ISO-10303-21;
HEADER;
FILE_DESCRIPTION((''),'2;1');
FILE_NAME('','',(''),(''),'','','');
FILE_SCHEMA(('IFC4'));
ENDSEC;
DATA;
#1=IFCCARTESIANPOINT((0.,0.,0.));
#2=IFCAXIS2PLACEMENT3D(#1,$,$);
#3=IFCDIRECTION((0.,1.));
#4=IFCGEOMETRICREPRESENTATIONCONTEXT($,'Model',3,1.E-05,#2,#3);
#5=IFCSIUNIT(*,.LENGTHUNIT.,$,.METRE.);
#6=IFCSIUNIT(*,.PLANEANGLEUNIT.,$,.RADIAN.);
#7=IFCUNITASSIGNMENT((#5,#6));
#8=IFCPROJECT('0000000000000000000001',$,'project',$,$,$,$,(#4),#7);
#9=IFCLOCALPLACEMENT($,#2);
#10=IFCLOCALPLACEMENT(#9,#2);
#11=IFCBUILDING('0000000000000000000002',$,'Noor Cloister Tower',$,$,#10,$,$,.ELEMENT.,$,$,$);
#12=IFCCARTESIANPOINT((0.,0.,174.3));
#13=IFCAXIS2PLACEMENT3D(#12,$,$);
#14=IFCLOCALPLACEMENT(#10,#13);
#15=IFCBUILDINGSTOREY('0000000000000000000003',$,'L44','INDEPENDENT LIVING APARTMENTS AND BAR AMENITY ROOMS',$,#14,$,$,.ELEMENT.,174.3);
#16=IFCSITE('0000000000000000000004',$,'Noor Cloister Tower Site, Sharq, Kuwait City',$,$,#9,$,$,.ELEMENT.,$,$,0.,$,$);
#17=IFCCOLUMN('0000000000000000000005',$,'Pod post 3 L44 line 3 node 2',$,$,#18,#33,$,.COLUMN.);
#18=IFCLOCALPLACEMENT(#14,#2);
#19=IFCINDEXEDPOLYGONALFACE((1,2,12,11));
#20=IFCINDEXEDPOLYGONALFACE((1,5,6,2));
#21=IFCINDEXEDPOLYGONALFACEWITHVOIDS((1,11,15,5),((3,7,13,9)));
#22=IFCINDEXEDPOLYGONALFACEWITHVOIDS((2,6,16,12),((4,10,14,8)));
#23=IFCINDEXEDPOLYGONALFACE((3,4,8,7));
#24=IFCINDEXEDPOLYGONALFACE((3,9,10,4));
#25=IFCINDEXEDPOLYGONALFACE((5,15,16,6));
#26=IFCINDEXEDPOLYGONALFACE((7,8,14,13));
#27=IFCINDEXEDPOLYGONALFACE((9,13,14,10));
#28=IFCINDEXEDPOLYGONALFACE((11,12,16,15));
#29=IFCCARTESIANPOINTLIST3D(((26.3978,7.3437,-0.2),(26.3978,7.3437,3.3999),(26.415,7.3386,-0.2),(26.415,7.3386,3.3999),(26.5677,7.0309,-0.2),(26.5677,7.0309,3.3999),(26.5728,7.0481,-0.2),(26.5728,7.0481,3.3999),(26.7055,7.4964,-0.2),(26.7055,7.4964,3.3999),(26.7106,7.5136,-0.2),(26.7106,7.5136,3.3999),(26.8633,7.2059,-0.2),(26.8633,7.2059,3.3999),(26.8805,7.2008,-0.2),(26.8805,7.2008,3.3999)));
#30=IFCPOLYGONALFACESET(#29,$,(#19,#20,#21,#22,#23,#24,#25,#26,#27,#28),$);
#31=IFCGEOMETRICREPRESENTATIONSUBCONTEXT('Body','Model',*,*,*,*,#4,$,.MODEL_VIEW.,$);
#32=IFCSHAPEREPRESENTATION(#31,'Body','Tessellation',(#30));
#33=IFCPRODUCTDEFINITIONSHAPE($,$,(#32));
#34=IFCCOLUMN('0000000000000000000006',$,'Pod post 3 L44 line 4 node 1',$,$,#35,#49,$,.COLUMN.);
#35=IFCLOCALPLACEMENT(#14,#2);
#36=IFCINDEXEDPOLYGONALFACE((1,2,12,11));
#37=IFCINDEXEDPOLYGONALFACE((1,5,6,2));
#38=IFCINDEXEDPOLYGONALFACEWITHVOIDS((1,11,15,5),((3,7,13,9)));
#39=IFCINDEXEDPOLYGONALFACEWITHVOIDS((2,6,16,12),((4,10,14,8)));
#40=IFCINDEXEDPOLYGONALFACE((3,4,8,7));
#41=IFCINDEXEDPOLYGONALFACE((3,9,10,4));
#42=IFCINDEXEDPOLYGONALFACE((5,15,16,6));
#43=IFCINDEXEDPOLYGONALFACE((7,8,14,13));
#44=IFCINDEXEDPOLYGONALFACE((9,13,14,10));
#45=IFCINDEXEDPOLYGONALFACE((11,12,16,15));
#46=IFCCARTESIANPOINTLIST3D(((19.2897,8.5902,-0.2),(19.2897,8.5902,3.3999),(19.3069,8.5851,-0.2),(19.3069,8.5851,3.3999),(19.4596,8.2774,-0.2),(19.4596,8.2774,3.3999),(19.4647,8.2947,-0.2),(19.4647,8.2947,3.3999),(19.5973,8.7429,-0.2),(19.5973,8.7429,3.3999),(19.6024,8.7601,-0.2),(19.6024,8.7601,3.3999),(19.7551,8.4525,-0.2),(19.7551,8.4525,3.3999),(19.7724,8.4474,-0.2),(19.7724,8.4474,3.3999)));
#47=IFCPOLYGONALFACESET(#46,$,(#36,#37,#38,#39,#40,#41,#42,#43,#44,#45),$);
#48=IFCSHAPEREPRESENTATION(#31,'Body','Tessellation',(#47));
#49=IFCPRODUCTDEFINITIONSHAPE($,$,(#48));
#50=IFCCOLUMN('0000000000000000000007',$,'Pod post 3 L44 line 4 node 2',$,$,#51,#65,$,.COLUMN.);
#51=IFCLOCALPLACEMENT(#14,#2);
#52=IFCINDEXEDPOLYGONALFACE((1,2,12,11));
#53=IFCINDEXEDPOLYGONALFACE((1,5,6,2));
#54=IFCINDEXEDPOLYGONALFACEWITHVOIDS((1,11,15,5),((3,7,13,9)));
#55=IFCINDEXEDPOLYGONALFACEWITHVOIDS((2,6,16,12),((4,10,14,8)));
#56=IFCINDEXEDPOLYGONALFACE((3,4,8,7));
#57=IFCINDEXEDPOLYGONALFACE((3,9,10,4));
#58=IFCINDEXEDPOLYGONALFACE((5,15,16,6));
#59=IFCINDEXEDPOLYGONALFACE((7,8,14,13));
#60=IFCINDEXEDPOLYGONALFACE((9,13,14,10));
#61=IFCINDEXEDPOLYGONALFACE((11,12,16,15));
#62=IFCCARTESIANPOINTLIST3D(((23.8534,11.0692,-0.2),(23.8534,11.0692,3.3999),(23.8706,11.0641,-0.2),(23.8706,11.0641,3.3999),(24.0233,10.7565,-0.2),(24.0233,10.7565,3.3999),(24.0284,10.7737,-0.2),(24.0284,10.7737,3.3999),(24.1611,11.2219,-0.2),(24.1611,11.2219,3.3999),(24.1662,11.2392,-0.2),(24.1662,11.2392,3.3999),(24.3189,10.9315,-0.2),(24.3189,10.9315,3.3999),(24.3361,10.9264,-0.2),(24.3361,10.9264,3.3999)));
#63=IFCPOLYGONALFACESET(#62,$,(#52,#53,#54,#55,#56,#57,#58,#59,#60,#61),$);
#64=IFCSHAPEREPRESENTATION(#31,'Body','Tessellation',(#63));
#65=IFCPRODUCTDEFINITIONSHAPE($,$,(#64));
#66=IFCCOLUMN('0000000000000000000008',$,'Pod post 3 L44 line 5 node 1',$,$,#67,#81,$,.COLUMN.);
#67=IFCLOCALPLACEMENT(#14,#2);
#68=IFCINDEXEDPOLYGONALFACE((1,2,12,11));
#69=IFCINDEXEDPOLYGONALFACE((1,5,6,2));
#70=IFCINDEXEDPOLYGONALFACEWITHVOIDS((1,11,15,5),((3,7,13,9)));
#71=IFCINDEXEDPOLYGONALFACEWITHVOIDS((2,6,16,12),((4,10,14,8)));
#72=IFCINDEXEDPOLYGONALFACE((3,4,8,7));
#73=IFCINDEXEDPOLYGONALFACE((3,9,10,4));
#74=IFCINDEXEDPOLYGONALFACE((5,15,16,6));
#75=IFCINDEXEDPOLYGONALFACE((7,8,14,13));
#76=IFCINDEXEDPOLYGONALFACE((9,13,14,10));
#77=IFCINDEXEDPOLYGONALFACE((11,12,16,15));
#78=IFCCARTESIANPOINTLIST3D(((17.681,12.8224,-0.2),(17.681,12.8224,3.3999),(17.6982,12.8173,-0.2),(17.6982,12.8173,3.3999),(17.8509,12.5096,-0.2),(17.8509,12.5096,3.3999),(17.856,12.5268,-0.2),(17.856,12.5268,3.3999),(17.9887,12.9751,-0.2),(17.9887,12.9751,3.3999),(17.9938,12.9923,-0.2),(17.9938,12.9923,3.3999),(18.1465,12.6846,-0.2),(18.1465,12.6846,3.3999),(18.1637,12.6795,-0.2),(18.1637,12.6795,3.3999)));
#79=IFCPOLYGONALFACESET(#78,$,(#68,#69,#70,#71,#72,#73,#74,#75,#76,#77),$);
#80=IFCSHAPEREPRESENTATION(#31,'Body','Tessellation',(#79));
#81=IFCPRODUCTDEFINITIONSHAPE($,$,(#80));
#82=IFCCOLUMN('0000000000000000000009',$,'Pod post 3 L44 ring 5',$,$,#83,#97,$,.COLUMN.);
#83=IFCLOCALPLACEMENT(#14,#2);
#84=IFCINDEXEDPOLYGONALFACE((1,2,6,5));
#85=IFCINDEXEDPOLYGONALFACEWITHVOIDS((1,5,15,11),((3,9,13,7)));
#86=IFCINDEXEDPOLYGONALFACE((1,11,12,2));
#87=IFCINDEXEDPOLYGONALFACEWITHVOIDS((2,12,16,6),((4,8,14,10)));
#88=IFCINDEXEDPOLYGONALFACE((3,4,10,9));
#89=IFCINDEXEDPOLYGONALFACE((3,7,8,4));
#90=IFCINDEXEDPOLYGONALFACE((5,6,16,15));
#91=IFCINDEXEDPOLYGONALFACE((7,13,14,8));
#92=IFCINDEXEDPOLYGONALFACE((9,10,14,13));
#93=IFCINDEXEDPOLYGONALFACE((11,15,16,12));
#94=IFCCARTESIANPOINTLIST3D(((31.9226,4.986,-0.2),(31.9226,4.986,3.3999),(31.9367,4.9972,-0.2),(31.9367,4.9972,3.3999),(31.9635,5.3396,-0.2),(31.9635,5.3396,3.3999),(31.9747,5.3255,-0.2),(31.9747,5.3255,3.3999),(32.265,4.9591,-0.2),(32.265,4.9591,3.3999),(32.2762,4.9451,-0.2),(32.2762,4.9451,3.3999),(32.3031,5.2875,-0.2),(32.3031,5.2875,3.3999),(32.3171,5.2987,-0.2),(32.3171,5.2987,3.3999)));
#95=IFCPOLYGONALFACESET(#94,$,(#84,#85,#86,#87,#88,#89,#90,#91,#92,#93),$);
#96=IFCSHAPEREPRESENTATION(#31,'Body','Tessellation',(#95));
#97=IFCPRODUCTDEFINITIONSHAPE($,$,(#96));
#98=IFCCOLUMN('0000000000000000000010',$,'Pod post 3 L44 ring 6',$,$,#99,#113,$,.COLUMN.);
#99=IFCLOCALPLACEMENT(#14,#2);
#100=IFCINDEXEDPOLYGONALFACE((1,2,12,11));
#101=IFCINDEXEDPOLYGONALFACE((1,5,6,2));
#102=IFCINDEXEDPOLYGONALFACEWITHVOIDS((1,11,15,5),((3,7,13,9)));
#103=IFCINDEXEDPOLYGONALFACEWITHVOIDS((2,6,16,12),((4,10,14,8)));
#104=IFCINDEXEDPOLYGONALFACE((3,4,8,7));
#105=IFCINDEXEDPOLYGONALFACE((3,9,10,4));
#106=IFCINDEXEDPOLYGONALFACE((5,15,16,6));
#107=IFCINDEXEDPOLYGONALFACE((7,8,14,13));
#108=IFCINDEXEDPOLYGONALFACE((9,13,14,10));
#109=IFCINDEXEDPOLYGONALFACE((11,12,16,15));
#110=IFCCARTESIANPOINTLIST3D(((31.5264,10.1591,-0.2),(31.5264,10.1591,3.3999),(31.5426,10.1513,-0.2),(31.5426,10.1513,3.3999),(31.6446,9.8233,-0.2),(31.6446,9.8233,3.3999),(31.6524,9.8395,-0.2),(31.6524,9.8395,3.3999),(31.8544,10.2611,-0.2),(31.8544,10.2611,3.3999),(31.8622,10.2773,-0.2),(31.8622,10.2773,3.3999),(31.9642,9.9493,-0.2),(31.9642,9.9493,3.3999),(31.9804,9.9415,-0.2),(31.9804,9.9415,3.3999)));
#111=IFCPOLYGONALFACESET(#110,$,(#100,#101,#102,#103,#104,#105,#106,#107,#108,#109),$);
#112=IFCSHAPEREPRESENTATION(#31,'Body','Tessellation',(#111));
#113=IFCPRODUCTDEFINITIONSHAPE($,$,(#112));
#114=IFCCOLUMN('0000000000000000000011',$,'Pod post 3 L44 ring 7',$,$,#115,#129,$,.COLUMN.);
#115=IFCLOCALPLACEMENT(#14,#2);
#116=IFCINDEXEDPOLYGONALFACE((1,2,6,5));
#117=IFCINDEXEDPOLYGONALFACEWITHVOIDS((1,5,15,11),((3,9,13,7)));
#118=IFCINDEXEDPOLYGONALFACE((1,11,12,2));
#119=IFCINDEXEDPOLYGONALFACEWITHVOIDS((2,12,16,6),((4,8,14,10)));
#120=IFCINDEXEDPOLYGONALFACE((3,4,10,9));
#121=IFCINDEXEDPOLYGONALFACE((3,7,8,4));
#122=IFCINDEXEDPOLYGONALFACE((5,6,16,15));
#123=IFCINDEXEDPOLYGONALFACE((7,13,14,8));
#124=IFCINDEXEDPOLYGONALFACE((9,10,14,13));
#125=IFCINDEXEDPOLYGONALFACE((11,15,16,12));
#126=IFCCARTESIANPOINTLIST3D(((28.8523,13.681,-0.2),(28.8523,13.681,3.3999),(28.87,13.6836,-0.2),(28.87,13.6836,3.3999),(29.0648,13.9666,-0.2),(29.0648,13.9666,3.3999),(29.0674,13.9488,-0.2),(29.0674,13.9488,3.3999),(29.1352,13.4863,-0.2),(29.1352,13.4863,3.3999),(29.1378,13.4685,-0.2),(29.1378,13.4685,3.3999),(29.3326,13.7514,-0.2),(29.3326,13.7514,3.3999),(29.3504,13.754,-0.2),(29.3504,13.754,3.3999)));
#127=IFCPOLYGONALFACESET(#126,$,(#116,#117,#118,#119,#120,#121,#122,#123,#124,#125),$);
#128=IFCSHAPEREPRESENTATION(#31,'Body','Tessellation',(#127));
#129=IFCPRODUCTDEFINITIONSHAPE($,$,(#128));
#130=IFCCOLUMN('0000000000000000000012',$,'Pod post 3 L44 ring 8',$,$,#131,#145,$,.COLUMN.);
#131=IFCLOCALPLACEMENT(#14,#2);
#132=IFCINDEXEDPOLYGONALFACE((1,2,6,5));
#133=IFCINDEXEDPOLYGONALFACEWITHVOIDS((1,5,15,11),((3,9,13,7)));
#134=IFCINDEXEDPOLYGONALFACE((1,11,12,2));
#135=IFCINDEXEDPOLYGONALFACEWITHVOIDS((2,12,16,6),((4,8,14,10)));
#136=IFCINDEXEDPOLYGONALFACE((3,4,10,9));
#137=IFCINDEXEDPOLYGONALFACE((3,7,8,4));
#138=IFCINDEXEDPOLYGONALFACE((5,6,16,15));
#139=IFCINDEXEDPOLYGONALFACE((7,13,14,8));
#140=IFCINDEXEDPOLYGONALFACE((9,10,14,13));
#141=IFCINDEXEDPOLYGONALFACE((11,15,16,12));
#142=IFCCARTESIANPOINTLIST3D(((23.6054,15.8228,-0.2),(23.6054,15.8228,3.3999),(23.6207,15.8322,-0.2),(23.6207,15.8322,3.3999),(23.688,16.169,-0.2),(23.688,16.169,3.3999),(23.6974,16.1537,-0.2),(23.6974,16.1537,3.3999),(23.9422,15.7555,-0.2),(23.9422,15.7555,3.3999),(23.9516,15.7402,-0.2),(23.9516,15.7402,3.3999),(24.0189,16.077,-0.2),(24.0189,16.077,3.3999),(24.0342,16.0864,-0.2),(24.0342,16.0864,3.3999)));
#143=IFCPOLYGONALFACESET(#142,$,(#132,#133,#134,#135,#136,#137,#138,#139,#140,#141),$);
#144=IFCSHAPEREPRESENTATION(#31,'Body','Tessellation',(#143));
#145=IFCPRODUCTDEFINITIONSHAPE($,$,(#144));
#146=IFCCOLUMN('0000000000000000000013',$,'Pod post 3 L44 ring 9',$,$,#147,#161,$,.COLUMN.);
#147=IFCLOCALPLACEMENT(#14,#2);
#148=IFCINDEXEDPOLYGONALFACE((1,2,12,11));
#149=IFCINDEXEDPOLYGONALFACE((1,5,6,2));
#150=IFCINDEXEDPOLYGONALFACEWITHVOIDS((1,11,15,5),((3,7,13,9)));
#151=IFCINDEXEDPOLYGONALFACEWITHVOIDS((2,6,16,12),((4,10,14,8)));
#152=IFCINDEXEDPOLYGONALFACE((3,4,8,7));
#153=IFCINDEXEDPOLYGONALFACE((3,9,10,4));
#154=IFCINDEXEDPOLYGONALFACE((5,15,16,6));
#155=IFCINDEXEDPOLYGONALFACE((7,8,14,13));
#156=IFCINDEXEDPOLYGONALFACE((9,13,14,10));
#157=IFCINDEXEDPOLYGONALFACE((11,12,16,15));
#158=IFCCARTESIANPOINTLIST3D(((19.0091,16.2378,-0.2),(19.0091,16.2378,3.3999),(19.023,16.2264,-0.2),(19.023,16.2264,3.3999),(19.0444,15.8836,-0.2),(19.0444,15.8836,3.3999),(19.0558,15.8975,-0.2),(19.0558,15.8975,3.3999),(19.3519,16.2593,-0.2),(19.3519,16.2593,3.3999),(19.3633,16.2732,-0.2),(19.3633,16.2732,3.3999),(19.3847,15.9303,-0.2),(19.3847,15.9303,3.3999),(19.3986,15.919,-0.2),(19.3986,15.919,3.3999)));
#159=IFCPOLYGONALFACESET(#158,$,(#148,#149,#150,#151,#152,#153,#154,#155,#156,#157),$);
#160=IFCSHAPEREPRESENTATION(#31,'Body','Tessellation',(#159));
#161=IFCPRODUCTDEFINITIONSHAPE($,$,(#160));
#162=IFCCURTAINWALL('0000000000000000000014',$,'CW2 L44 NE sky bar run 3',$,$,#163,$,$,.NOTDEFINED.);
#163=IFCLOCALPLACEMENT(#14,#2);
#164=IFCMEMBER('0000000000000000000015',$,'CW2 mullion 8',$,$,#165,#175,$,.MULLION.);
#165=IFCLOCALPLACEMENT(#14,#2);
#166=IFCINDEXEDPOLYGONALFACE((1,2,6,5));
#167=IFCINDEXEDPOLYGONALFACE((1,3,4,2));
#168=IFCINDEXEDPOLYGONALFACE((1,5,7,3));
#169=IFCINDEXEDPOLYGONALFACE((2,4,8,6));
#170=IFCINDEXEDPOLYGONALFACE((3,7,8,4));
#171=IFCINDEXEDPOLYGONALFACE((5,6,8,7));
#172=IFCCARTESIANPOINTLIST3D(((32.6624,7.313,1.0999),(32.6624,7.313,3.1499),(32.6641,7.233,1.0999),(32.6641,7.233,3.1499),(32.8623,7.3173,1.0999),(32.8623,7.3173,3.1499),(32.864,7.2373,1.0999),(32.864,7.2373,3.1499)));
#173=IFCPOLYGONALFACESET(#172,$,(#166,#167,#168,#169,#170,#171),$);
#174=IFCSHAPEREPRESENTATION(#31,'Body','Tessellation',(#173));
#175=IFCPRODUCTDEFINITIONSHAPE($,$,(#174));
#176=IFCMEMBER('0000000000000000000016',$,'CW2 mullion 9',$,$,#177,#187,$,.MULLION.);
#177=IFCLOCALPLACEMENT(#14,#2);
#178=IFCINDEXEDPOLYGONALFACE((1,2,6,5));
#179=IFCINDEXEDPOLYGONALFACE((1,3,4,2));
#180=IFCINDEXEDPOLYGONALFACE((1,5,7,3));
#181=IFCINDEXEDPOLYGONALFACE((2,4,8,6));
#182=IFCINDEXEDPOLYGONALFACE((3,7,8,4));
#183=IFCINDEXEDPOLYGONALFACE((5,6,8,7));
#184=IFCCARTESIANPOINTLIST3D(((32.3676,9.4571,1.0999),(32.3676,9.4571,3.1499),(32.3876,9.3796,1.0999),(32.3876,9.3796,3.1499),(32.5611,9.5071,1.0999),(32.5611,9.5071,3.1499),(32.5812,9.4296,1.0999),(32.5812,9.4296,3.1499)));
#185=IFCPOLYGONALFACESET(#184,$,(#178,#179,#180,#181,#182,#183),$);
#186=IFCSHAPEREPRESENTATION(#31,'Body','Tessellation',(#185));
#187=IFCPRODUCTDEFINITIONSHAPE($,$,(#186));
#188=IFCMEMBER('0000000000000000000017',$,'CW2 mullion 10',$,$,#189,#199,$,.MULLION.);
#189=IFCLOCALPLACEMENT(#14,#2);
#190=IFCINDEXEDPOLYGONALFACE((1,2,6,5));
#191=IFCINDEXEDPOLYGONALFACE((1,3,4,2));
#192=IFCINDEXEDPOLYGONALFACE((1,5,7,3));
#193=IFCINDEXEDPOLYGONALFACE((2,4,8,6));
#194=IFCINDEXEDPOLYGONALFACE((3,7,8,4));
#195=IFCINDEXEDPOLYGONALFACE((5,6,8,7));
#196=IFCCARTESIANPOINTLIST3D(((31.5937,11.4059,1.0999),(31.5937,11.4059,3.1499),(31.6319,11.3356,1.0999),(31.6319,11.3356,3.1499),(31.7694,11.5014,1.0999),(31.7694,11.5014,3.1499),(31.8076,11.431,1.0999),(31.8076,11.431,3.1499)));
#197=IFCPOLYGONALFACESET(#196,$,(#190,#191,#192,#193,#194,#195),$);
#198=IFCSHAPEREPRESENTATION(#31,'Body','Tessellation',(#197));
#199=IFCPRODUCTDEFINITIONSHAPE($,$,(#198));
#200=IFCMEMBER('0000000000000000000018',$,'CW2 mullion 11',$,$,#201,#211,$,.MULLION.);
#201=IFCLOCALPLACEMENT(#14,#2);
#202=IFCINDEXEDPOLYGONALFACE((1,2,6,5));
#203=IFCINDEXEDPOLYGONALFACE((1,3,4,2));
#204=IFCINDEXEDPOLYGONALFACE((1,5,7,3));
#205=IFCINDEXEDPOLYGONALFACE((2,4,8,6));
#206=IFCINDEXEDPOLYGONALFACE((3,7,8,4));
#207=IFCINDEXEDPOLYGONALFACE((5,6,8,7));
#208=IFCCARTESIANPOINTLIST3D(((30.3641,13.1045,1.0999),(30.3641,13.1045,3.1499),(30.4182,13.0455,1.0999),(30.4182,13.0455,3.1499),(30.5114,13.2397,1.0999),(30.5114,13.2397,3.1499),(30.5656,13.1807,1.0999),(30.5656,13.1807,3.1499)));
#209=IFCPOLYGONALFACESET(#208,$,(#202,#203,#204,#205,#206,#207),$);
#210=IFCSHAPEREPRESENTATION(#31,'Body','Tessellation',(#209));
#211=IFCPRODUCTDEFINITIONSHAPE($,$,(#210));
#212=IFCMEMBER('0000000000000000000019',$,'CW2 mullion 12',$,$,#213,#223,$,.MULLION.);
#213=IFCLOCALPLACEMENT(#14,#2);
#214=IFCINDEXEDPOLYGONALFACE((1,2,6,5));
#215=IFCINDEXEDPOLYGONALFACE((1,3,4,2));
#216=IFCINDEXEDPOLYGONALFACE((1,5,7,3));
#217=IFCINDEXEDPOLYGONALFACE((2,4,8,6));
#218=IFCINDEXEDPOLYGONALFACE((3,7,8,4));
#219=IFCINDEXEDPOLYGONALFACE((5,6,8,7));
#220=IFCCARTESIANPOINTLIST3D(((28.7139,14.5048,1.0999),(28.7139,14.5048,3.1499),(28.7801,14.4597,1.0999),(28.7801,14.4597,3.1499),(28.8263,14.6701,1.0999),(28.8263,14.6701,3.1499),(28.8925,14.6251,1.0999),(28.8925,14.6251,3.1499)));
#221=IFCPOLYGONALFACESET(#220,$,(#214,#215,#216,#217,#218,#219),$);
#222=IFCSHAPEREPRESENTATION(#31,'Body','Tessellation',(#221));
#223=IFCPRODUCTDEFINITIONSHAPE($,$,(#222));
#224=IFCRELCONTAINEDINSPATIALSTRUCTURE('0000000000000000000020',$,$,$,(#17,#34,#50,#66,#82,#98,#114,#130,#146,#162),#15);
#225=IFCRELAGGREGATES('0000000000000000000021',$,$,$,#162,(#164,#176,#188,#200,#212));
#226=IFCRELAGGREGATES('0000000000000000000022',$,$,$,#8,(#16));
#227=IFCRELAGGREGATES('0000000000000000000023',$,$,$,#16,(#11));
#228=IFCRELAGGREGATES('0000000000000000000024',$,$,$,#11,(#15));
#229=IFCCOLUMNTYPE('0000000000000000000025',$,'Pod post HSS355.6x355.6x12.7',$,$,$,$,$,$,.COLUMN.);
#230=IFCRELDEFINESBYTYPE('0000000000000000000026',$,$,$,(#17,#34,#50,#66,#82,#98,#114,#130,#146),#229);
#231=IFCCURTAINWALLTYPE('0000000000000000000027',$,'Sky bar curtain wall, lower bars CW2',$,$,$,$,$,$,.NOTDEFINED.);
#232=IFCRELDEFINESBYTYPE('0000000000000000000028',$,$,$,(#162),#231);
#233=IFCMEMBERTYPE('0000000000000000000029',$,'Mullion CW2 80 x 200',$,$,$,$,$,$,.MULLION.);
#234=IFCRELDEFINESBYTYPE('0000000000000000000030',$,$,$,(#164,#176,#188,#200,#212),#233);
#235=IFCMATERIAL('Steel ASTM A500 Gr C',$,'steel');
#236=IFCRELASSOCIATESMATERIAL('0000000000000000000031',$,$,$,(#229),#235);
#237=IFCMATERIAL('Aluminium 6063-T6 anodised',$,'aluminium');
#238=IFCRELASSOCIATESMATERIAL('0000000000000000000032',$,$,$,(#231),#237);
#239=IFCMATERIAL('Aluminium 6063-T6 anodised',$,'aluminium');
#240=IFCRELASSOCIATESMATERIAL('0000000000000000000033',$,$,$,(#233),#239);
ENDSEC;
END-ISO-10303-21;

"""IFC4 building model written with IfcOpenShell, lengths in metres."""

from ifc_helpers import new_model, si_unit, direction, frame, origin, origin_2d, place, context, subcontext, project, spatial, rectangle, hollow_rectangle, extrude, material, material_profile, profile_set, type_object, element, aggregate, save


model = new_model("IFC4")

# Units and contexts
model_context = context("Model", 3, precision=1e-05, world=origin(), true_north=direction((0.0, 1.0)))
body_context = subcontext(model_context, "Body", "Model", "MODEL_VIEW")
ifc_project = project(units=[si_unit("LENGTHUNIT", "METRE"), si_unit("PLANEANGLEUNIT", "RADIAN")], contexts=[model_context])

# Site, building, storey
site_placement = place(None, origin())
site = spatial("IfcSite", under=ifc_project, at=site_placement, Name="Noor Cloister Tower Site, Sharq, Kuwait City", CompositionType="ELEMENT", RefElevation=0.0)
building_placement = place(site_placement, origin())
building = spatial("IfcBuilding", under=site, at=building_placement, Name="Noor Cloister Tower", CompositionType="ELEMENT")
storey_placement = place(building_placement, frame((0.0, 0.0, 174.3)))
storey = spatial("IfcBuildingStorey", under=building, at=storey_placement, Name="L44", Description="INDEPENDENT LIVING APARTMENTS AND BAR AMENITY ROOMS", CompositionType="ELEMENT", Elevation=174.3)

# Columns
ifc_material_1 = material(Name="Steel ASTM A500 Gr C", Category="steel")
ifc_material_profile_1 = material_profile(ifc_material_1, hollow_rectangle(XDim=0.356, YDim=0.356, WallThickness=0.0127, at=origin_2d()), Name="HSS355.6x355.6x12.7")
ifc_profile_set_1 = profile_set([ifc_material_profile_1], Name="Steel ASTM A500 Gr C")
column_type = type_object("IfcColumnType", Name="Pod post HSS355.6x355.6x12.7", PredefinedType="COLUMN", material=ifc_profile_set_1)
for number, where, z_axis, x_axis, name in (
    (1, (26.6392, 7.2722, -0.2), (0.0, 0.0, 1.0), (0.878722, 0.477334, 0.0), "Pod post 3 L44 line 3 node 2"),
    (2, (19.531, 8.5188, -0.2), (0.0, 0.0, 1.0), (0.878722, 0.477334, 0.0), "Pod post 3 L44 line 4 node 1"),
    (3, (24.0947, 10.9978, -0.2), (0.0, 0.0, 1.0), (0.878722, 0.477334, 0.0), "Pod post 3 L44 line 4 node 2"),
    (4, (17.9224, 12.751, -0.2), (0.0, 0.0, 1.0), (0.878722, 0.477334, 0.0), "Pod post 3 L44 line 5 node 1"),
    (5, (32.1199, 5.1423, -0.2), (0.0, 0.0, 1.0), (0.115028, 0.993362, 0.0), "Pod post 3 L44 ring 5"),
    (6, (31.7534, 10.0503, -0.2), (0.0, 0.0, 1.0), (-0.332035, 0.943267, 0.0), "Pod post 3 L44 ring 6"),
    (7, (29.1013, 13.7175, -0.2), (0.0, 0.0, 1.0), (-0.802222, 0.597026, 0.0), "Pod post 3 L44 ring 7"),
    (8, (23.8198, 15.9546, -0.2), (0.0, 0.0, 1.0), (-0.972709, 0.232027, 0.0), "Pod post 3 L44 ring 8"),
    (9, (19.2039, 16.0784, -0.2), (0.0, 0.0, 1.0), (-0.99505, -0.099375, 0.0), "Pod post 3 L44 ring 9"),
):
    element("IfcColumn", number, at=place(storey_placement, frame(where, z_axis=z_axis, x_axis=x_axis)), inside=storey, type_object=column_type, Name=name, PredefinedType="COLUMN", context=body_context, shape_type="SweptSolid", body=[
        extrude(hollow_rectangle(XDim=0.356, YDim=0.356, WallThickness=0.0127, at=origin_2d()), origin(), (0.0, 0.0, 1.0), 3.5999),
    ])

# Curtain wall, members
ifc_material_2 = material(Name="Aluminium 6063-T6 anodised", Category="aluminium")
curtain_wall_type = type_object("IfcCurtainWallType", Name="Sky bar curtain wall, lower bars CW2", PredefinedType="NOTDEFINED", material=ifc_material_2)
curtain_wall_placement = place(storey_placement, origin())
curtain_wall = element("IfcCurtainWall", 10, at=curtain_wall_placement, inside=storey, type_object=curtain_wall_type, Name="CW2 L44 NE sky bar run 3", PredefinedType="NOTDEFINED")
ifc_material_3 = material(Name="Aluminium 6063-T6 anodised", Category="aluminium")
ifc_material_profile_2 = material_profile(ifc_material_3, rectangle(XDim=0.2, YDim=0.0801, at=origin_2d()), Name="200 x 80 mullion")
ifc_profile_set_2 = profile_set([ifc_material_profile_2], Name="Aluminium 6063-T6 anodised")
member_type = type_object("IfcMemberType", Name="Mullion CW2 80 x 200", PredefinedType="MULLION", material=ifc_profile_set_2)
member_1_placement = place(storey_placement, frame((32.7632, 7.2751, 1.0999), z_axis=(0.0, 0.0, 1.0), x_axis=(-0.999771, -0.021415, 0.0)))
member_1 = element("IfcMember", 11, at=member_1_placement, type_object=member_type, Name="CW2 mullion 8", PredefinedType="MULLION", context=body_context, shape_type="SweptSolid", body=[
    extrude(rectangle(XDim=0.2, YDim=0.0801, at=origin_2d()), origin(), (0.0, 0.0, 1.0), 2.05),
])
member_2_placement = place(storey_placement, frame((32.4744, 9.4434, 1.0999), z_axis=(0.0, 0.0, 1.0), x_axis=(-0.968192, -0.250209, 0.0)))
member_2 = element("IfcMember", 12, at=member_2_placement, type_object=member_type, Name="CW2 mullion 9", PredefinedType="MULLION", context=body_context, shape_type="SweptSolid", body=[
    extrude(rectangle(XDim=0.2, YDim=0.0801, at=origin_2d()), origin(), (0.0, 0.0, 1.0), 2.05),
])
member_3_placement = place(storey_placement, frame((31.7007, 11.4185, 1.0999), z_axis=(0.0, 0.0, 1.0), x_axis=(-0.878722, -0.477334, 0.0)))
member_3 = element("IfcMember", 13, at=member_3_placement, type_object=member_type, Name="CW2 mullion 10", PredefinedType="MULLION", context=body_context, shape_type="SweptSolid", body=[
    extrude(rectangle(XDim=0.2, YDim=0.0801, at=origin_2d()), origin(), (0.0, 0.0, 1.0), 2.05),
])
member_4_placement = place(storey_placement, frame((30.4648, 13.1426, 1.0999), z_axis=(0.0, 0.0, 1.0), x_axis=(-0.736888, -0.676015, 0.0)))
member_4 = element("IfcMember", 14, at=member_4_placement, type_object=member_type, Name="CW2 mullion 11", PredefinedType="MULLION", context=body_context, shape_type="SweptSolid", body=[
    extrude(rectangle(XDim=0.2, YDim=0.0801, at=origin_2d()), origin(), (0.0, 0.0, 1.0), 2.05),
])
member_5_placement = place(storey_placement, frame((28.8032, 14.5649, 1.0999), z_axis=(0.0, 0.0, 1.0), x_axis=(-0.562144, -0.82704, 0.0)))
member_5 = element("IfcMember", 15, at=member_5_placement, type_object=member_type, Name="CW2 mullion 12", PredefinedType="MULLION", context=body_context, shape_type="SweptSolid", body=[
    extrude(rectangle(XDim=0.2, YDim=0.0801, at=origin_2d()), origin(), (0.0, 0.0, 1.0), 2.05),
])
aggregate(curtain_wall, [member_1, member_2, member_3, member_4, member_5])

save(model, "model.ifc")
